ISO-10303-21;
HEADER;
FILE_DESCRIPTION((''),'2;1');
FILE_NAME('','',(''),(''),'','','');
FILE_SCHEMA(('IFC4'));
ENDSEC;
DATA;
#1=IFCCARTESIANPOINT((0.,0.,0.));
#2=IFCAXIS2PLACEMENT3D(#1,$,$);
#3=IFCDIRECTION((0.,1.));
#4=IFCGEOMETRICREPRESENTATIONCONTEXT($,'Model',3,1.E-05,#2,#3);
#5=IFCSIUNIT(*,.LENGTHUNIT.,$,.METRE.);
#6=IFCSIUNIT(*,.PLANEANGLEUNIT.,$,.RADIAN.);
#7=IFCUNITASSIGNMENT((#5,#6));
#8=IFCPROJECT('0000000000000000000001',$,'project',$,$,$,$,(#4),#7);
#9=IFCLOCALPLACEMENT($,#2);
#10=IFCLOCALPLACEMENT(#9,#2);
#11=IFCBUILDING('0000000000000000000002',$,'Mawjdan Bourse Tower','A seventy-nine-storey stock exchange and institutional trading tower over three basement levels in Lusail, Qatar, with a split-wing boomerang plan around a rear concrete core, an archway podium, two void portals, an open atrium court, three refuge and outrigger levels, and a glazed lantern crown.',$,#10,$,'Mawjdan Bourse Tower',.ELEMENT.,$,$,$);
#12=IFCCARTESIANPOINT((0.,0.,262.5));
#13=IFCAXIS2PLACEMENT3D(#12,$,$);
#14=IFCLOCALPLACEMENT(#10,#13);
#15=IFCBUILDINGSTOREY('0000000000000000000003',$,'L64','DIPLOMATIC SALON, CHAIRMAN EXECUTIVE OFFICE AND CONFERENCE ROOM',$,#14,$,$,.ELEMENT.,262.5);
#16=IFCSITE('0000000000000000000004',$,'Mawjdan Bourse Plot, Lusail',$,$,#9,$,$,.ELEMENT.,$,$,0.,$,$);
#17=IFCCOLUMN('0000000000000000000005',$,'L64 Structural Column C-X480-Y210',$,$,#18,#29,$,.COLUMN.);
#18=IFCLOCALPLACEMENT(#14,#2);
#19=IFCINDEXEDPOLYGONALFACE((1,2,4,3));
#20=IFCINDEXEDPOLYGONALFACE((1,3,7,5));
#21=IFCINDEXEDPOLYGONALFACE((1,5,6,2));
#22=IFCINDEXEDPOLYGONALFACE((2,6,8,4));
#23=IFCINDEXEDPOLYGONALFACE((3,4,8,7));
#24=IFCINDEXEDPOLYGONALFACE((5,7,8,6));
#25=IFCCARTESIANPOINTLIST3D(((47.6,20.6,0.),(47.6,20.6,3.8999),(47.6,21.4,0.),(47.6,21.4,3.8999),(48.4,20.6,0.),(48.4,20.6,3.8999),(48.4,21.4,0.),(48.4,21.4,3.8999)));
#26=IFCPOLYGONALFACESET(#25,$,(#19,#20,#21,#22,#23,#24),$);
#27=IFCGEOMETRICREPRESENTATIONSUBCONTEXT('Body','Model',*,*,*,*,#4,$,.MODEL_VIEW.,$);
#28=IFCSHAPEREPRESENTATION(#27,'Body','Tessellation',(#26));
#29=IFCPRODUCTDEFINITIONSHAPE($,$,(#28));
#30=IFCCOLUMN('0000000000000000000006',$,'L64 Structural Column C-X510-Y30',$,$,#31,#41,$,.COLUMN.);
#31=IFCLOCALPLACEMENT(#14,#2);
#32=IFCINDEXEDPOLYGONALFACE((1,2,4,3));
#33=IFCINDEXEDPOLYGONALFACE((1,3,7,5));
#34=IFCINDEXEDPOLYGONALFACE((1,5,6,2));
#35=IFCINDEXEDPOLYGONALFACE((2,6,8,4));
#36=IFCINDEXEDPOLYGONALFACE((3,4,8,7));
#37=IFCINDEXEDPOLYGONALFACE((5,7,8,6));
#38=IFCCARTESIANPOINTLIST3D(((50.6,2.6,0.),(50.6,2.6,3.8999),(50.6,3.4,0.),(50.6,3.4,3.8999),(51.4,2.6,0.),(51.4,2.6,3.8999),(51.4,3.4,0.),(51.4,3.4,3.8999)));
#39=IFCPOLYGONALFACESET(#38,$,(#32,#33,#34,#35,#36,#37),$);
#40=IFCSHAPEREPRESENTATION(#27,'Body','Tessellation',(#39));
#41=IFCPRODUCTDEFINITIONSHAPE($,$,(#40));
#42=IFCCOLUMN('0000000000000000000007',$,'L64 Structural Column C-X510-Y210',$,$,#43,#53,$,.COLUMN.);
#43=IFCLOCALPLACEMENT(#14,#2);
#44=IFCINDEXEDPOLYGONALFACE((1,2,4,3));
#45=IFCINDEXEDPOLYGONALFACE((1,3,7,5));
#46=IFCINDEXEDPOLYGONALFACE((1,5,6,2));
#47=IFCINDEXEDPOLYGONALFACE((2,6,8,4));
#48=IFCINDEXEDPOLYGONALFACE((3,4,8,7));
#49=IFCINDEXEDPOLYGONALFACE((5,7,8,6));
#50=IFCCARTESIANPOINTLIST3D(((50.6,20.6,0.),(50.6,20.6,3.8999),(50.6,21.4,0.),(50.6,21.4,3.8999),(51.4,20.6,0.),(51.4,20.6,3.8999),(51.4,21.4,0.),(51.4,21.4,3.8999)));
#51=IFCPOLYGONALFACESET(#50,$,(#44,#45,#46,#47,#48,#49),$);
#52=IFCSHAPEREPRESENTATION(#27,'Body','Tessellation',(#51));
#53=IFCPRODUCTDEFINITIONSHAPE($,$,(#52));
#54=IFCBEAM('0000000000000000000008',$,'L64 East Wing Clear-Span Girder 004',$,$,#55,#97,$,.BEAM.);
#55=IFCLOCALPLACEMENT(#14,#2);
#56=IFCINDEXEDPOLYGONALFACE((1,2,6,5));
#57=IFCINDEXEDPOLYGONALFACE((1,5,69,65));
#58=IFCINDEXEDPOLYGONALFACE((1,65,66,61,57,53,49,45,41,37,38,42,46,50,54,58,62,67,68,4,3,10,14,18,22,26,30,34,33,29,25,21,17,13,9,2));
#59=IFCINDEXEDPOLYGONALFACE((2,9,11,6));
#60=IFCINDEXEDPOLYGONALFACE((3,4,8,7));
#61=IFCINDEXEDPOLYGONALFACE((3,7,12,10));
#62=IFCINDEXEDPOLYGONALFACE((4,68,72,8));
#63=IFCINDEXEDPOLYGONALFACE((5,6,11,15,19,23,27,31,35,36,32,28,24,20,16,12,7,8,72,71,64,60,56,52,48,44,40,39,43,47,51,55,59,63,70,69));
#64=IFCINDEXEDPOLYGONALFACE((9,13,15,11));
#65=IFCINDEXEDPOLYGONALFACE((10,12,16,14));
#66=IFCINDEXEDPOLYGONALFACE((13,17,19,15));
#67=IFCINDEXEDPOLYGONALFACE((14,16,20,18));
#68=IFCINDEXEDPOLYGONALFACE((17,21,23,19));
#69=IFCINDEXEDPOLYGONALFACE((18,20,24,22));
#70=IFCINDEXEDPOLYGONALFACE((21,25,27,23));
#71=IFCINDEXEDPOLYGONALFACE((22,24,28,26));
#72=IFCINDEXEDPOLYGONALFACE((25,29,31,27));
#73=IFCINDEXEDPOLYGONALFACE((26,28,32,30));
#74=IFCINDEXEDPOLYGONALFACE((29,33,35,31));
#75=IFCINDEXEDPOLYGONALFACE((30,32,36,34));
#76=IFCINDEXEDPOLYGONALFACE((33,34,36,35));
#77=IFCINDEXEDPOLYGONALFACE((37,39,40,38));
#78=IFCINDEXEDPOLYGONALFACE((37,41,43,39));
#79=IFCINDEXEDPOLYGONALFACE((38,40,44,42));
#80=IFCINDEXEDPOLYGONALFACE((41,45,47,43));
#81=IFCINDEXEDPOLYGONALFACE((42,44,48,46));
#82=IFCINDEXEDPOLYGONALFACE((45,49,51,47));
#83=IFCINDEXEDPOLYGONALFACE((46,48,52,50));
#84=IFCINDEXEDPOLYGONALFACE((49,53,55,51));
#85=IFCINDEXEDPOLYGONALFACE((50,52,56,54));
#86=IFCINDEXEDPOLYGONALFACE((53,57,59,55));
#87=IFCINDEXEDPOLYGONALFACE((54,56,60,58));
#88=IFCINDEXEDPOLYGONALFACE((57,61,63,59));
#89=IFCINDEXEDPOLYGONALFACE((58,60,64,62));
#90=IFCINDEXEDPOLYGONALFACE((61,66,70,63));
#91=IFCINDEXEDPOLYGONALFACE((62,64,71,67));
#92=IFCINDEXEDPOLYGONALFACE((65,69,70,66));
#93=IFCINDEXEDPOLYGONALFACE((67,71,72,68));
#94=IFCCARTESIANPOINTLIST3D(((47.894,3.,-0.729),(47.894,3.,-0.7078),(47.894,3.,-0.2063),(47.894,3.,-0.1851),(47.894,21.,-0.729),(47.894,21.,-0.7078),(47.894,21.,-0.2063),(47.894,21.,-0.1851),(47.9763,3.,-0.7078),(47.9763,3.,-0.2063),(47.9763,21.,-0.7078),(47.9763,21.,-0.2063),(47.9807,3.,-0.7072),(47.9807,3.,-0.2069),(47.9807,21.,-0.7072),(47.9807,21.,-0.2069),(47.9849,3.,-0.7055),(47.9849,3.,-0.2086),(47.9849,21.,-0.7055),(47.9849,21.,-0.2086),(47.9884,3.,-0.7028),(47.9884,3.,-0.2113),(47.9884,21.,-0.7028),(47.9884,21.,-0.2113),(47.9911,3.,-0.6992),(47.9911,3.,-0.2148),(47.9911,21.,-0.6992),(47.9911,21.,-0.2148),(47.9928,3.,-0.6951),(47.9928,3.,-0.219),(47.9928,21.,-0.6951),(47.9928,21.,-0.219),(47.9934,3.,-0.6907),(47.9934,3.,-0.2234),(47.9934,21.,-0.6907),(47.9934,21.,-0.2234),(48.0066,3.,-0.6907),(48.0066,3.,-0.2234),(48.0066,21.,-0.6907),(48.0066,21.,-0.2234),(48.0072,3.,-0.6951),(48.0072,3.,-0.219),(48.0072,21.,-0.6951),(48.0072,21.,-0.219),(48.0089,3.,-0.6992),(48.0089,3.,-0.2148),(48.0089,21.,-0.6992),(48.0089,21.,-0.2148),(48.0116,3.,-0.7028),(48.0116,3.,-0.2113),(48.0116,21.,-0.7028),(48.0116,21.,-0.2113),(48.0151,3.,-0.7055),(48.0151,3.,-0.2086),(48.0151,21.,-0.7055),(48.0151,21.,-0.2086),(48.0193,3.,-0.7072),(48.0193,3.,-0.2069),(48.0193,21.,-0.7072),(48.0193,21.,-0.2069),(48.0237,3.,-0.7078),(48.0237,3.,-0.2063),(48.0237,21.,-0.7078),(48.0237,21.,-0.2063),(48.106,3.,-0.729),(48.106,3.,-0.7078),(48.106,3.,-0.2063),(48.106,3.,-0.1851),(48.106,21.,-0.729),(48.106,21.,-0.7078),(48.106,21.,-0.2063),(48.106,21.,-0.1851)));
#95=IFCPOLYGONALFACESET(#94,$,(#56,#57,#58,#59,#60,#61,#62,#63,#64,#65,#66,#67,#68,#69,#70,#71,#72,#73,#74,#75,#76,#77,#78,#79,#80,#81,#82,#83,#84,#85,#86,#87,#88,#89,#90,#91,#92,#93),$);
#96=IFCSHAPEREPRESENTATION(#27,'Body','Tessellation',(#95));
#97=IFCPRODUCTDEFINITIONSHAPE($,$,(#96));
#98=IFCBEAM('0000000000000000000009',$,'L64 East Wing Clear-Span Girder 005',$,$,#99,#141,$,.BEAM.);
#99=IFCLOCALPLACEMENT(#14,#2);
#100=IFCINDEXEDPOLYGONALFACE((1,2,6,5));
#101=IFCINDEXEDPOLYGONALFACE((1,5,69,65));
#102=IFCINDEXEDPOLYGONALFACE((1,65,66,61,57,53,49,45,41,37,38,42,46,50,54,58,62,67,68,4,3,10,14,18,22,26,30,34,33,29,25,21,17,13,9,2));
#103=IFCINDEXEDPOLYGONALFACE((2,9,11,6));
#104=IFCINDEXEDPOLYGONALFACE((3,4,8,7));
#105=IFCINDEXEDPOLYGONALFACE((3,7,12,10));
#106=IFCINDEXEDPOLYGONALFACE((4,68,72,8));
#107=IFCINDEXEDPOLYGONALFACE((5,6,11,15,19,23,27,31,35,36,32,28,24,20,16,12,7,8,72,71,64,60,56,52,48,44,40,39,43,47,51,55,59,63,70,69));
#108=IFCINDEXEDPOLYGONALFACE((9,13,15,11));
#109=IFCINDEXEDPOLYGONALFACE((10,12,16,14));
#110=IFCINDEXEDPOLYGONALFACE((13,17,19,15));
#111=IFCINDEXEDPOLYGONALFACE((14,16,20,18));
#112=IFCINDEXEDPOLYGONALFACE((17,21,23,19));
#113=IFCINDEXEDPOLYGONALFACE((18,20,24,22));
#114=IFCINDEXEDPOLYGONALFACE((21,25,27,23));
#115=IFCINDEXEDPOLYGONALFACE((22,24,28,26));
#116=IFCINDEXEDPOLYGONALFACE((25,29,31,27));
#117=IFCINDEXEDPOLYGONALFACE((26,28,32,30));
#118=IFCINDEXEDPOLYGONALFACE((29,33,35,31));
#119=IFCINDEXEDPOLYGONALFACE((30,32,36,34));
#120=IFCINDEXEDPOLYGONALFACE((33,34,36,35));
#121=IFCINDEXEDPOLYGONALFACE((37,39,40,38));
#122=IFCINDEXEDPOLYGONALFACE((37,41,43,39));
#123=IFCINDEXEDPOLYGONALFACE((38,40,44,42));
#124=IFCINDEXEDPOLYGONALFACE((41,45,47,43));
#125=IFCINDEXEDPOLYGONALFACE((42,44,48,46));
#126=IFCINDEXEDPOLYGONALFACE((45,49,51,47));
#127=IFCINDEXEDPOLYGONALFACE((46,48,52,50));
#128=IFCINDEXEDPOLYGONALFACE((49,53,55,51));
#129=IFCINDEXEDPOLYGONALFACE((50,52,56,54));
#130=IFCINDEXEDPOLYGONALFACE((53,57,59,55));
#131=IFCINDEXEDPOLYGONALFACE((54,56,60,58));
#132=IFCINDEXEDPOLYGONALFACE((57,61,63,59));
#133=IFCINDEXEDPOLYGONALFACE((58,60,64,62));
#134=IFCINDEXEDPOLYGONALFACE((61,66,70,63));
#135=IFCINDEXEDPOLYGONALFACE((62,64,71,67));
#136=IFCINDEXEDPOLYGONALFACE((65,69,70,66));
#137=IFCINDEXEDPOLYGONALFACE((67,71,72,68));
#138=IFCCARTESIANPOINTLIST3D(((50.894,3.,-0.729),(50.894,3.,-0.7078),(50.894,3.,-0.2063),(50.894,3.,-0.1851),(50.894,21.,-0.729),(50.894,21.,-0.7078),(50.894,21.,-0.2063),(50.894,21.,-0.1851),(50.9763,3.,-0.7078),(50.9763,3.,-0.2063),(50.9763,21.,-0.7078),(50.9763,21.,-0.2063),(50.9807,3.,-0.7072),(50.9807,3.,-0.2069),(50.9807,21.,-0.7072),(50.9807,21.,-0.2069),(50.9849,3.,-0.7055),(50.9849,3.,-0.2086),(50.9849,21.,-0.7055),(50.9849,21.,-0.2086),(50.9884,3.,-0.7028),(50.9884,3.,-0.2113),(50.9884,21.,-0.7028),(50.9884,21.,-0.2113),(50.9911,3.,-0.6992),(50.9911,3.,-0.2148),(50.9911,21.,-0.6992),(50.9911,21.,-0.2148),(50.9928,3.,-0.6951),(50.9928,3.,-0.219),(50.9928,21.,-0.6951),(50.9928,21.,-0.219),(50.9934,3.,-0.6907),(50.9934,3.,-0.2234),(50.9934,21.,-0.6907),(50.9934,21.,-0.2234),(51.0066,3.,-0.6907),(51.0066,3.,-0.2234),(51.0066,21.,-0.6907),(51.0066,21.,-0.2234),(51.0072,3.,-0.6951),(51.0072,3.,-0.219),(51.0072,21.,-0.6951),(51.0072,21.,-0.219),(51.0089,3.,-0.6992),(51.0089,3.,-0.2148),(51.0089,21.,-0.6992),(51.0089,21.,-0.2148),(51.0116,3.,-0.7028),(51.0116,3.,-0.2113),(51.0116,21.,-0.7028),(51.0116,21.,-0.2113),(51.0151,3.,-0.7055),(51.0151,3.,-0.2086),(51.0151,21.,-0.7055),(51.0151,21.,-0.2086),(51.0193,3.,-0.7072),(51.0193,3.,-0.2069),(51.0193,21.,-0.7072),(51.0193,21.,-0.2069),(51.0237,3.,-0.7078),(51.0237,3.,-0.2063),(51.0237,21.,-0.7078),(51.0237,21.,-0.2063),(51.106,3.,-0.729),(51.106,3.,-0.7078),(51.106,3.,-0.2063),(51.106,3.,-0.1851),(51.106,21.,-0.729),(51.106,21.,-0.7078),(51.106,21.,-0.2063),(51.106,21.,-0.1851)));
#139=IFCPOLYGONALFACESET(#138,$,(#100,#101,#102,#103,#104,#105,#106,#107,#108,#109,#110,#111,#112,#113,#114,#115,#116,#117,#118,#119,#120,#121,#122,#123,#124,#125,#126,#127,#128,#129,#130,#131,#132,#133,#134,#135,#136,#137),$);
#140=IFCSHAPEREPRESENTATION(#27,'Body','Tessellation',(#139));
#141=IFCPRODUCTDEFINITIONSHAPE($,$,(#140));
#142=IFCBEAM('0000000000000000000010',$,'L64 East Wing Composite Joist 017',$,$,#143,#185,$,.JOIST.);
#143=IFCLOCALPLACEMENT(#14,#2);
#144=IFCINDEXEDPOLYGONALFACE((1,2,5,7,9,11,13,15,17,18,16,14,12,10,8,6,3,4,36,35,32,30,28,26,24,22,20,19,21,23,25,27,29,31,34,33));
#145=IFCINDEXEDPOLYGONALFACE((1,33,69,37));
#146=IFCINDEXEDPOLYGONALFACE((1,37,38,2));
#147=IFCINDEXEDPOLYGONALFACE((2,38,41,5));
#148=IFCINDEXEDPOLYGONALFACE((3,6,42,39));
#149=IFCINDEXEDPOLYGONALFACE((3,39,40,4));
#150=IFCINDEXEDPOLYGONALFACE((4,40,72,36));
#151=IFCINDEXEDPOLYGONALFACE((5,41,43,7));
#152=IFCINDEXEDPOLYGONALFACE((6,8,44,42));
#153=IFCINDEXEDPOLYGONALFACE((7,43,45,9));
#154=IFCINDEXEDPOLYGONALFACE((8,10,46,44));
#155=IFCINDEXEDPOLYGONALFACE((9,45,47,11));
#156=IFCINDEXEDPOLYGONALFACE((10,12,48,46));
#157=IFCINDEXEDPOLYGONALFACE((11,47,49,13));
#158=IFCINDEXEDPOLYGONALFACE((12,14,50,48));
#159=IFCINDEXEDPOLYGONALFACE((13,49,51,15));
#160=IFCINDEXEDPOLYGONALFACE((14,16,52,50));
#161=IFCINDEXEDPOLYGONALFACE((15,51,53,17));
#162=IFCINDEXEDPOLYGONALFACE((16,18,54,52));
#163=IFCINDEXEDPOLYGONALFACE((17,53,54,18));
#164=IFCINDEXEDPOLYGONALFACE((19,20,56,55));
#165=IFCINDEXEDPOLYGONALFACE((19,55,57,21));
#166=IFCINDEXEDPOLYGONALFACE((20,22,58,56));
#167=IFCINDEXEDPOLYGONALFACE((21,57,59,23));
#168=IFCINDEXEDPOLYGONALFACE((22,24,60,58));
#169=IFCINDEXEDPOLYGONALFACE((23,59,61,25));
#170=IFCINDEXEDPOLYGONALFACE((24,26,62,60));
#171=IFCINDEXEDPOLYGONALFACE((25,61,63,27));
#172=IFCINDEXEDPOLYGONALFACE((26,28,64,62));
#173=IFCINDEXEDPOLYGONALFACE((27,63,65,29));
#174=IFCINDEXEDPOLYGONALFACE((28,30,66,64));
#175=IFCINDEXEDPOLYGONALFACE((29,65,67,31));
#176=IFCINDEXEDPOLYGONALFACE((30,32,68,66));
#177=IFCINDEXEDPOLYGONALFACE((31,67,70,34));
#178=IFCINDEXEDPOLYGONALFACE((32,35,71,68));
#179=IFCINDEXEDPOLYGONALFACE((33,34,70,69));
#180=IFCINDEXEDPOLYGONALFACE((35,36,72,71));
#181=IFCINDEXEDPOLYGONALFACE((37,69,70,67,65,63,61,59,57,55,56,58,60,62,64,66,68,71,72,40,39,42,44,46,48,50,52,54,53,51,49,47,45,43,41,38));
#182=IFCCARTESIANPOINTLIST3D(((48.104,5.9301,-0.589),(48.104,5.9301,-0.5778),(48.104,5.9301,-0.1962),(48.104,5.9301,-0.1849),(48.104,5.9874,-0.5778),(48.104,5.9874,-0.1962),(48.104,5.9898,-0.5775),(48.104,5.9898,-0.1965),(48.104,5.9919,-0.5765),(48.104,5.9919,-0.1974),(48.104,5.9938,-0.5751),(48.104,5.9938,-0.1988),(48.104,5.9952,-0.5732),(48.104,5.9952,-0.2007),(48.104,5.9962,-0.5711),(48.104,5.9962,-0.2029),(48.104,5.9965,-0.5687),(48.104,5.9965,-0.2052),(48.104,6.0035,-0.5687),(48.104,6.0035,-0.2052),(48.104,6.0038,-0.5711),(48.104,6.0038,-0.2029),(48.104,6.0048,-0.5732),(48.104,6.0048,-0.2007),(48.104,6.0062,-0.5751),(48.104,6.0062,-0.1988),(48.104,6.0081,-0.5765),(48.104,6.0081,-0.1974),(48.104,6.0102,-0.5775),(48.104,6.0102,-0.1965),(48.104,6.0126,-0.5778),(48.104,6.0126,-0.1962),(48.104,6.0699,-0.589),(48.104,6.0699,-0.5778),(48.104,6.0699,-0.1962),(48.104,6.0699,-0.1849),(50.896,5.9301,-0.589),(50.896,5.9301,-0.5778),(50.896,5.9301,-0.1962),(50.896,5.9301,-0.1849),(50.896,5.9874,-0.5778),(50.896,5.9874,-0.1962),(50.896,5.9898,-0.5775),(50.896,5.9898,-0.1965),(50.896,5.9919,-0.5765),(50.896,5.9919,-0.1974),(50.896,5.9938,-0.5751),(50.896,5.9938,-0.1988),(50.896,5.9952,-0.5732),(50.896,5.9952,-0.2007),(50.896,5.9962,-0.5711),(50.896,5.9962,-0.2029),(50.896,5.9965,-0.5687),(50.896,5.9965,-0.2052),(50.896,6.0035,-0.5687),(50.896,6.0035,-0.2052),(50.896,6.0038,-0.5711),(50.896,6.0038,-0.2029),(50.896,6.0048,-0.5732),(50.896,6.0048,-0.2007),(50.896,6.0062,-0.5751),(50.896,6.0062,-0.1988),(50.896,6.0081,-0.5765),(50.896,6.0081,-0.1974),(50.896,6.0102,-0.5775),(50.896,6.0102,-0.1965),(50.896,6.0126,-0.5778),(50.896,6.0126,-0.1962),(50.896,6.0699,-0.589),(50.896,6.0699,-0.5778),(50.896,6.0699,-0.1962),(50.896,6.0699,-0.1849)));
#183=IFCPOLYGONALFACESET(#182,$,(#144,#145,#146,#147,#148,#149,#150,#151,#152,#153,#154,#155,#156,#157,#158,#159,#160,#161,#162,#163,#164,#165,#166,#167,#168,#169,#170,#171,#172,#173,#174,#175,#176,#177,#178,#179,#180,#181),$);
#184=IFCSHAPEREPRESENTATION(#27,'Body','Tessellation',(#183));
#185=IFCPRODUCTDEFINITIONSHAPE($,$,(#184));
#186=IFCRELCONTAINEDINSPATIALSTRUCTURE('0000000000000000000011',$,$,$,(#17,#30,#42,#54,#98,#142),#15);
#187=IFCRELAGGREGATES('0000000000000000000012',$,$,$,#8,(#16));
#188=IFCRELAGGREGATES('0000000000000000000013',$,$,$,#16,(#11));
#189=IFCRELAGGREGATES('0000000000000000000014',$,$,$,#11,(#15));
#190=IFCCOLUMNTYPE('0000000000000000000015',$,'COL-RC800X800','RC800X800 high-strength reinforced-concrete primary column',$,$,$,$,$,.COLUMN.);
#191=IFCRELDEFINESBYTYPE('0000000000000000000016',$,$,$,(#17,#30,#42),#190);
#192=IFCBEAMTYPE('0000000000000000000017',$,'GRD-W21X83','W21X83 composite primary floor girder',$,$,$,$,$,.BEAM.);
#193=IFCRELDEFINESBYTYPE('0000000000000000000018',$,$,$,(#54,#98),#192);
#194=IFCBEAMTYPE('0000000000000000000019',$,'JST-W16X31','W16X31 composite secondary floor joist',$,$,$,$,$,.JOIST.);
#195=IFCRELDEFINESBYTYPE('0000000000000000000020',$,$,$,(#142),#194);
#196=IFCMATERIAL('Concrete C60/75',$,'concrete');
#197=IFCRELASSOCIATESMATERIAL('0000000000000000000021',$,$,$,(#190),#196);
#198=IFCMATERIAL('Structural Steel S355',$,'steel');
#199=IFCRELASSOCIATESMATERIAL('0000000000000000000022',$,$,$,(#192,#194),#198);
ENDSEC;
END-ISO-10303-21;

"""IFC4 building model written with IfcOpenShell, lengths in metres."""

from ifc_helpers import new_model, si_unit, direction, frame, origin, origin_2d, place, context, subcontext, project, spatial, rectangle, i_section, extrude, material, material_profile, profile_set, type_object, element, save


model = new_model("IFC4")

# Units and contexts
model_context = context("Model", 3, precision=1e-05, world=origin(), true_north=direction((0.0, 1.0)))
body_context = subcontext(model_context, "Body", "Model", "MODEL_VIEW")
ifc_project = project(units=[si_unit("LENGTHUNIT", "METRE"), si_unit("PLANEANGLEUNIT", "RADIAN")], contexts=[model_context])

# Site, building, storey
site_placement = place(None, origin())
site = spatial("IfcSite", under=ifc_project, at=site_placement, Name="Mawjdan Bourse Plot, Lusail", CompositionType="ELEMENT", RefElevation=0.0)
building_placement = place(site_placement, origin())
building = spatial("IfcBuilding", under=site, at=building_placement, Name="Mawjdan Bourse Tower", Description="A seventy-nine-storey stock exchange and institutional trading tower over three basement levels in Lusail, Qatar, with a split-wing boomerang plan around a rear concrete core, an archway podium, two void portals, an open atrium court, three refuge and outrigger levels, and a glazed lantern crown.", LongName="Mawjdan Bourse Tower", CompositionType="ELEMENT")
storey_placement = place(building_placement, frame((0.0, 0.0, 262.5)))
storey = spatial("IfcBuildingStorey", under=building, at=storey_placement, Name="L64", Description="DIPLOMATIC SALON, CHAIRMAN EXECUTIVE OFFICE AND CONFERENCE ROOM", CompositionType="ELEMENT", Elevation=262.5)

# Columns
ifc_material_1 = material(Name="Concrete C60/75", Category="concrete")
ifc_material_profile_1 = material_profile(ifc_material_1, rectangle(XDim=0.8, YDim=0.8, at=origin_2d()), Name="RC800X800")
ifc_profile_set_1 = profile_set([ifc_material_profile_1], Name="Concrete C60/75")
column_type = type_object("IfcColumnType", Name="COL-RC800X800", Description="RC800X800 high-strength reinforced-concrete primary column", PredefinedType="COLUMN", material=ifc_profile_set_1)
for number, where, z_axis, x_axis, name in (
    (1, (48.0, 21.0, 0.0), (0.0, 0.0, 1.0), (1.0, 0.0, 0.0), "L64 Structural Column C-X480-Y210"),
    (2, (51.0, 3.0, 0.0), (0.0, 0.0, 1.0), (1.0, 0.0, 0.0), "L64 Structural Column C-X510-Y30"),
    (3, (51.0, 21.0, 0.0), (0.0, 0.0, 1.0), (1.0, 0.0, 0.0), "L64 Structural Column C-X510-Y210"),
):
    element("IfcColumn", number, at=place(storey_placement, frame(where, z_axis=z_axis, x_axis=x_axis)), inside=storey, type_object=column_type, Name=name, PredefinedType="COLUMN", context=body_context, shape_type="SweptSolid", body=[
        extrude(rectangle(XDim=0.8, YDim=0.8, at=origin_2d()), origin(), (0.0, 0.0, 1.0), 3.8999),
    ])

# Beams
ifc_material_2 = material(Name="Structural Steel S355", Category="steel")
ifc_material_profile_2 = material_profile(ifc_material_2, i_section(OverallWidth=0.2119, OverallDepth=0.5439, WebThickness=0.0132, FlangeThickness=0.0212, FilletRadius=0.0171, at=origin_2d()), Name="W21X83")
ifc_profile_set_2 = profile_set([ifc_material_profile_2], Name="Structural Steel S355")
beam_type_1 = type_object("IfcBeamType", Name="GRD-W21X83", Description="W21X83 composite primary floor girder", PredefinedType="BEAM", material=ifc_profile_set_2)
for number, where, z_axis, x_axis, name in (
    (4, (48.0, 3.0, -0.457), (0.0, 1.0, 0.0), (-1.0, 0.0, 0.0), "L64 East Wing Clear-Span Girder 004"),
    (5, (51.0, 3.0, -0.457), (0.0, 1.0, 0.0), (-1.0, 0.0, 0.0), "L64 East Wing Clear-Span Girder 005"),
):
    element("IfcBeam", number, at=place(storey_placement, frame(where, z_axis=z_axis, x_axis=x_axis)), inside=storey, type_object=beam_type_1, Name=name, PredefinedType="BEAM", context=body_context, shape_type="SweptSolid", body=[
        extrude(i_section(OverallWidth=0.2119, OverallDepth=0.5439, WebThickness=0.0132, FlangeThickness=0.0212, FilletRadius=0.0171, at=origin_2d()), origin(), (0.0, 0.0, 1.0), 18.0),
    ])
ifc_material_profile_3 = material_profile(ifc_material_2, i_section(OverallWidth=0.1399, OverallDepth=0.4041, WebThickness=0.0071, FlangeThickness=0.0112, FilletRadius=0.009, at=origin_2d()), Name="W16X31")
ifc_profile_set_3 = profile_set([ifc_material_profile_3], Name="Structural Steel S355")
beam_type_2 = type_object("IfcBeamType", Name="JST-W16X31", Description="W16X31 composite secondary floor joist", PredefinedType="JOIST", material=ifc_profile_set_3)
for number, where, z_axis, x_axis, name in (
    (6, (48.104, 6.0, -0.387), (1.0, 0.0, 0.0), (0.0, 1.0, 0.0), "L64 East Wing Composite Joist 017"),
):
    element("IfcBeam", number, at=place(storey_placement, frame(where, z_axis=z_axis, x_axis=x_axis)), inside=storey, type_object=beam_type_2, Name=name, PredefinedType="JOIST", context=body_context, shape_type="SweptSolid", body=[
        extrude(i_section(OverallWidth=0.1399, OverallDepth=0.4041, WebThickness=0.0071, FlangeThickness=0.0112, FilletRadius=0.009, at=origin_2d()), origin(), (0.0, 0.0, 1.0), 2.792),
    ])

save(model, "model.ifc")
